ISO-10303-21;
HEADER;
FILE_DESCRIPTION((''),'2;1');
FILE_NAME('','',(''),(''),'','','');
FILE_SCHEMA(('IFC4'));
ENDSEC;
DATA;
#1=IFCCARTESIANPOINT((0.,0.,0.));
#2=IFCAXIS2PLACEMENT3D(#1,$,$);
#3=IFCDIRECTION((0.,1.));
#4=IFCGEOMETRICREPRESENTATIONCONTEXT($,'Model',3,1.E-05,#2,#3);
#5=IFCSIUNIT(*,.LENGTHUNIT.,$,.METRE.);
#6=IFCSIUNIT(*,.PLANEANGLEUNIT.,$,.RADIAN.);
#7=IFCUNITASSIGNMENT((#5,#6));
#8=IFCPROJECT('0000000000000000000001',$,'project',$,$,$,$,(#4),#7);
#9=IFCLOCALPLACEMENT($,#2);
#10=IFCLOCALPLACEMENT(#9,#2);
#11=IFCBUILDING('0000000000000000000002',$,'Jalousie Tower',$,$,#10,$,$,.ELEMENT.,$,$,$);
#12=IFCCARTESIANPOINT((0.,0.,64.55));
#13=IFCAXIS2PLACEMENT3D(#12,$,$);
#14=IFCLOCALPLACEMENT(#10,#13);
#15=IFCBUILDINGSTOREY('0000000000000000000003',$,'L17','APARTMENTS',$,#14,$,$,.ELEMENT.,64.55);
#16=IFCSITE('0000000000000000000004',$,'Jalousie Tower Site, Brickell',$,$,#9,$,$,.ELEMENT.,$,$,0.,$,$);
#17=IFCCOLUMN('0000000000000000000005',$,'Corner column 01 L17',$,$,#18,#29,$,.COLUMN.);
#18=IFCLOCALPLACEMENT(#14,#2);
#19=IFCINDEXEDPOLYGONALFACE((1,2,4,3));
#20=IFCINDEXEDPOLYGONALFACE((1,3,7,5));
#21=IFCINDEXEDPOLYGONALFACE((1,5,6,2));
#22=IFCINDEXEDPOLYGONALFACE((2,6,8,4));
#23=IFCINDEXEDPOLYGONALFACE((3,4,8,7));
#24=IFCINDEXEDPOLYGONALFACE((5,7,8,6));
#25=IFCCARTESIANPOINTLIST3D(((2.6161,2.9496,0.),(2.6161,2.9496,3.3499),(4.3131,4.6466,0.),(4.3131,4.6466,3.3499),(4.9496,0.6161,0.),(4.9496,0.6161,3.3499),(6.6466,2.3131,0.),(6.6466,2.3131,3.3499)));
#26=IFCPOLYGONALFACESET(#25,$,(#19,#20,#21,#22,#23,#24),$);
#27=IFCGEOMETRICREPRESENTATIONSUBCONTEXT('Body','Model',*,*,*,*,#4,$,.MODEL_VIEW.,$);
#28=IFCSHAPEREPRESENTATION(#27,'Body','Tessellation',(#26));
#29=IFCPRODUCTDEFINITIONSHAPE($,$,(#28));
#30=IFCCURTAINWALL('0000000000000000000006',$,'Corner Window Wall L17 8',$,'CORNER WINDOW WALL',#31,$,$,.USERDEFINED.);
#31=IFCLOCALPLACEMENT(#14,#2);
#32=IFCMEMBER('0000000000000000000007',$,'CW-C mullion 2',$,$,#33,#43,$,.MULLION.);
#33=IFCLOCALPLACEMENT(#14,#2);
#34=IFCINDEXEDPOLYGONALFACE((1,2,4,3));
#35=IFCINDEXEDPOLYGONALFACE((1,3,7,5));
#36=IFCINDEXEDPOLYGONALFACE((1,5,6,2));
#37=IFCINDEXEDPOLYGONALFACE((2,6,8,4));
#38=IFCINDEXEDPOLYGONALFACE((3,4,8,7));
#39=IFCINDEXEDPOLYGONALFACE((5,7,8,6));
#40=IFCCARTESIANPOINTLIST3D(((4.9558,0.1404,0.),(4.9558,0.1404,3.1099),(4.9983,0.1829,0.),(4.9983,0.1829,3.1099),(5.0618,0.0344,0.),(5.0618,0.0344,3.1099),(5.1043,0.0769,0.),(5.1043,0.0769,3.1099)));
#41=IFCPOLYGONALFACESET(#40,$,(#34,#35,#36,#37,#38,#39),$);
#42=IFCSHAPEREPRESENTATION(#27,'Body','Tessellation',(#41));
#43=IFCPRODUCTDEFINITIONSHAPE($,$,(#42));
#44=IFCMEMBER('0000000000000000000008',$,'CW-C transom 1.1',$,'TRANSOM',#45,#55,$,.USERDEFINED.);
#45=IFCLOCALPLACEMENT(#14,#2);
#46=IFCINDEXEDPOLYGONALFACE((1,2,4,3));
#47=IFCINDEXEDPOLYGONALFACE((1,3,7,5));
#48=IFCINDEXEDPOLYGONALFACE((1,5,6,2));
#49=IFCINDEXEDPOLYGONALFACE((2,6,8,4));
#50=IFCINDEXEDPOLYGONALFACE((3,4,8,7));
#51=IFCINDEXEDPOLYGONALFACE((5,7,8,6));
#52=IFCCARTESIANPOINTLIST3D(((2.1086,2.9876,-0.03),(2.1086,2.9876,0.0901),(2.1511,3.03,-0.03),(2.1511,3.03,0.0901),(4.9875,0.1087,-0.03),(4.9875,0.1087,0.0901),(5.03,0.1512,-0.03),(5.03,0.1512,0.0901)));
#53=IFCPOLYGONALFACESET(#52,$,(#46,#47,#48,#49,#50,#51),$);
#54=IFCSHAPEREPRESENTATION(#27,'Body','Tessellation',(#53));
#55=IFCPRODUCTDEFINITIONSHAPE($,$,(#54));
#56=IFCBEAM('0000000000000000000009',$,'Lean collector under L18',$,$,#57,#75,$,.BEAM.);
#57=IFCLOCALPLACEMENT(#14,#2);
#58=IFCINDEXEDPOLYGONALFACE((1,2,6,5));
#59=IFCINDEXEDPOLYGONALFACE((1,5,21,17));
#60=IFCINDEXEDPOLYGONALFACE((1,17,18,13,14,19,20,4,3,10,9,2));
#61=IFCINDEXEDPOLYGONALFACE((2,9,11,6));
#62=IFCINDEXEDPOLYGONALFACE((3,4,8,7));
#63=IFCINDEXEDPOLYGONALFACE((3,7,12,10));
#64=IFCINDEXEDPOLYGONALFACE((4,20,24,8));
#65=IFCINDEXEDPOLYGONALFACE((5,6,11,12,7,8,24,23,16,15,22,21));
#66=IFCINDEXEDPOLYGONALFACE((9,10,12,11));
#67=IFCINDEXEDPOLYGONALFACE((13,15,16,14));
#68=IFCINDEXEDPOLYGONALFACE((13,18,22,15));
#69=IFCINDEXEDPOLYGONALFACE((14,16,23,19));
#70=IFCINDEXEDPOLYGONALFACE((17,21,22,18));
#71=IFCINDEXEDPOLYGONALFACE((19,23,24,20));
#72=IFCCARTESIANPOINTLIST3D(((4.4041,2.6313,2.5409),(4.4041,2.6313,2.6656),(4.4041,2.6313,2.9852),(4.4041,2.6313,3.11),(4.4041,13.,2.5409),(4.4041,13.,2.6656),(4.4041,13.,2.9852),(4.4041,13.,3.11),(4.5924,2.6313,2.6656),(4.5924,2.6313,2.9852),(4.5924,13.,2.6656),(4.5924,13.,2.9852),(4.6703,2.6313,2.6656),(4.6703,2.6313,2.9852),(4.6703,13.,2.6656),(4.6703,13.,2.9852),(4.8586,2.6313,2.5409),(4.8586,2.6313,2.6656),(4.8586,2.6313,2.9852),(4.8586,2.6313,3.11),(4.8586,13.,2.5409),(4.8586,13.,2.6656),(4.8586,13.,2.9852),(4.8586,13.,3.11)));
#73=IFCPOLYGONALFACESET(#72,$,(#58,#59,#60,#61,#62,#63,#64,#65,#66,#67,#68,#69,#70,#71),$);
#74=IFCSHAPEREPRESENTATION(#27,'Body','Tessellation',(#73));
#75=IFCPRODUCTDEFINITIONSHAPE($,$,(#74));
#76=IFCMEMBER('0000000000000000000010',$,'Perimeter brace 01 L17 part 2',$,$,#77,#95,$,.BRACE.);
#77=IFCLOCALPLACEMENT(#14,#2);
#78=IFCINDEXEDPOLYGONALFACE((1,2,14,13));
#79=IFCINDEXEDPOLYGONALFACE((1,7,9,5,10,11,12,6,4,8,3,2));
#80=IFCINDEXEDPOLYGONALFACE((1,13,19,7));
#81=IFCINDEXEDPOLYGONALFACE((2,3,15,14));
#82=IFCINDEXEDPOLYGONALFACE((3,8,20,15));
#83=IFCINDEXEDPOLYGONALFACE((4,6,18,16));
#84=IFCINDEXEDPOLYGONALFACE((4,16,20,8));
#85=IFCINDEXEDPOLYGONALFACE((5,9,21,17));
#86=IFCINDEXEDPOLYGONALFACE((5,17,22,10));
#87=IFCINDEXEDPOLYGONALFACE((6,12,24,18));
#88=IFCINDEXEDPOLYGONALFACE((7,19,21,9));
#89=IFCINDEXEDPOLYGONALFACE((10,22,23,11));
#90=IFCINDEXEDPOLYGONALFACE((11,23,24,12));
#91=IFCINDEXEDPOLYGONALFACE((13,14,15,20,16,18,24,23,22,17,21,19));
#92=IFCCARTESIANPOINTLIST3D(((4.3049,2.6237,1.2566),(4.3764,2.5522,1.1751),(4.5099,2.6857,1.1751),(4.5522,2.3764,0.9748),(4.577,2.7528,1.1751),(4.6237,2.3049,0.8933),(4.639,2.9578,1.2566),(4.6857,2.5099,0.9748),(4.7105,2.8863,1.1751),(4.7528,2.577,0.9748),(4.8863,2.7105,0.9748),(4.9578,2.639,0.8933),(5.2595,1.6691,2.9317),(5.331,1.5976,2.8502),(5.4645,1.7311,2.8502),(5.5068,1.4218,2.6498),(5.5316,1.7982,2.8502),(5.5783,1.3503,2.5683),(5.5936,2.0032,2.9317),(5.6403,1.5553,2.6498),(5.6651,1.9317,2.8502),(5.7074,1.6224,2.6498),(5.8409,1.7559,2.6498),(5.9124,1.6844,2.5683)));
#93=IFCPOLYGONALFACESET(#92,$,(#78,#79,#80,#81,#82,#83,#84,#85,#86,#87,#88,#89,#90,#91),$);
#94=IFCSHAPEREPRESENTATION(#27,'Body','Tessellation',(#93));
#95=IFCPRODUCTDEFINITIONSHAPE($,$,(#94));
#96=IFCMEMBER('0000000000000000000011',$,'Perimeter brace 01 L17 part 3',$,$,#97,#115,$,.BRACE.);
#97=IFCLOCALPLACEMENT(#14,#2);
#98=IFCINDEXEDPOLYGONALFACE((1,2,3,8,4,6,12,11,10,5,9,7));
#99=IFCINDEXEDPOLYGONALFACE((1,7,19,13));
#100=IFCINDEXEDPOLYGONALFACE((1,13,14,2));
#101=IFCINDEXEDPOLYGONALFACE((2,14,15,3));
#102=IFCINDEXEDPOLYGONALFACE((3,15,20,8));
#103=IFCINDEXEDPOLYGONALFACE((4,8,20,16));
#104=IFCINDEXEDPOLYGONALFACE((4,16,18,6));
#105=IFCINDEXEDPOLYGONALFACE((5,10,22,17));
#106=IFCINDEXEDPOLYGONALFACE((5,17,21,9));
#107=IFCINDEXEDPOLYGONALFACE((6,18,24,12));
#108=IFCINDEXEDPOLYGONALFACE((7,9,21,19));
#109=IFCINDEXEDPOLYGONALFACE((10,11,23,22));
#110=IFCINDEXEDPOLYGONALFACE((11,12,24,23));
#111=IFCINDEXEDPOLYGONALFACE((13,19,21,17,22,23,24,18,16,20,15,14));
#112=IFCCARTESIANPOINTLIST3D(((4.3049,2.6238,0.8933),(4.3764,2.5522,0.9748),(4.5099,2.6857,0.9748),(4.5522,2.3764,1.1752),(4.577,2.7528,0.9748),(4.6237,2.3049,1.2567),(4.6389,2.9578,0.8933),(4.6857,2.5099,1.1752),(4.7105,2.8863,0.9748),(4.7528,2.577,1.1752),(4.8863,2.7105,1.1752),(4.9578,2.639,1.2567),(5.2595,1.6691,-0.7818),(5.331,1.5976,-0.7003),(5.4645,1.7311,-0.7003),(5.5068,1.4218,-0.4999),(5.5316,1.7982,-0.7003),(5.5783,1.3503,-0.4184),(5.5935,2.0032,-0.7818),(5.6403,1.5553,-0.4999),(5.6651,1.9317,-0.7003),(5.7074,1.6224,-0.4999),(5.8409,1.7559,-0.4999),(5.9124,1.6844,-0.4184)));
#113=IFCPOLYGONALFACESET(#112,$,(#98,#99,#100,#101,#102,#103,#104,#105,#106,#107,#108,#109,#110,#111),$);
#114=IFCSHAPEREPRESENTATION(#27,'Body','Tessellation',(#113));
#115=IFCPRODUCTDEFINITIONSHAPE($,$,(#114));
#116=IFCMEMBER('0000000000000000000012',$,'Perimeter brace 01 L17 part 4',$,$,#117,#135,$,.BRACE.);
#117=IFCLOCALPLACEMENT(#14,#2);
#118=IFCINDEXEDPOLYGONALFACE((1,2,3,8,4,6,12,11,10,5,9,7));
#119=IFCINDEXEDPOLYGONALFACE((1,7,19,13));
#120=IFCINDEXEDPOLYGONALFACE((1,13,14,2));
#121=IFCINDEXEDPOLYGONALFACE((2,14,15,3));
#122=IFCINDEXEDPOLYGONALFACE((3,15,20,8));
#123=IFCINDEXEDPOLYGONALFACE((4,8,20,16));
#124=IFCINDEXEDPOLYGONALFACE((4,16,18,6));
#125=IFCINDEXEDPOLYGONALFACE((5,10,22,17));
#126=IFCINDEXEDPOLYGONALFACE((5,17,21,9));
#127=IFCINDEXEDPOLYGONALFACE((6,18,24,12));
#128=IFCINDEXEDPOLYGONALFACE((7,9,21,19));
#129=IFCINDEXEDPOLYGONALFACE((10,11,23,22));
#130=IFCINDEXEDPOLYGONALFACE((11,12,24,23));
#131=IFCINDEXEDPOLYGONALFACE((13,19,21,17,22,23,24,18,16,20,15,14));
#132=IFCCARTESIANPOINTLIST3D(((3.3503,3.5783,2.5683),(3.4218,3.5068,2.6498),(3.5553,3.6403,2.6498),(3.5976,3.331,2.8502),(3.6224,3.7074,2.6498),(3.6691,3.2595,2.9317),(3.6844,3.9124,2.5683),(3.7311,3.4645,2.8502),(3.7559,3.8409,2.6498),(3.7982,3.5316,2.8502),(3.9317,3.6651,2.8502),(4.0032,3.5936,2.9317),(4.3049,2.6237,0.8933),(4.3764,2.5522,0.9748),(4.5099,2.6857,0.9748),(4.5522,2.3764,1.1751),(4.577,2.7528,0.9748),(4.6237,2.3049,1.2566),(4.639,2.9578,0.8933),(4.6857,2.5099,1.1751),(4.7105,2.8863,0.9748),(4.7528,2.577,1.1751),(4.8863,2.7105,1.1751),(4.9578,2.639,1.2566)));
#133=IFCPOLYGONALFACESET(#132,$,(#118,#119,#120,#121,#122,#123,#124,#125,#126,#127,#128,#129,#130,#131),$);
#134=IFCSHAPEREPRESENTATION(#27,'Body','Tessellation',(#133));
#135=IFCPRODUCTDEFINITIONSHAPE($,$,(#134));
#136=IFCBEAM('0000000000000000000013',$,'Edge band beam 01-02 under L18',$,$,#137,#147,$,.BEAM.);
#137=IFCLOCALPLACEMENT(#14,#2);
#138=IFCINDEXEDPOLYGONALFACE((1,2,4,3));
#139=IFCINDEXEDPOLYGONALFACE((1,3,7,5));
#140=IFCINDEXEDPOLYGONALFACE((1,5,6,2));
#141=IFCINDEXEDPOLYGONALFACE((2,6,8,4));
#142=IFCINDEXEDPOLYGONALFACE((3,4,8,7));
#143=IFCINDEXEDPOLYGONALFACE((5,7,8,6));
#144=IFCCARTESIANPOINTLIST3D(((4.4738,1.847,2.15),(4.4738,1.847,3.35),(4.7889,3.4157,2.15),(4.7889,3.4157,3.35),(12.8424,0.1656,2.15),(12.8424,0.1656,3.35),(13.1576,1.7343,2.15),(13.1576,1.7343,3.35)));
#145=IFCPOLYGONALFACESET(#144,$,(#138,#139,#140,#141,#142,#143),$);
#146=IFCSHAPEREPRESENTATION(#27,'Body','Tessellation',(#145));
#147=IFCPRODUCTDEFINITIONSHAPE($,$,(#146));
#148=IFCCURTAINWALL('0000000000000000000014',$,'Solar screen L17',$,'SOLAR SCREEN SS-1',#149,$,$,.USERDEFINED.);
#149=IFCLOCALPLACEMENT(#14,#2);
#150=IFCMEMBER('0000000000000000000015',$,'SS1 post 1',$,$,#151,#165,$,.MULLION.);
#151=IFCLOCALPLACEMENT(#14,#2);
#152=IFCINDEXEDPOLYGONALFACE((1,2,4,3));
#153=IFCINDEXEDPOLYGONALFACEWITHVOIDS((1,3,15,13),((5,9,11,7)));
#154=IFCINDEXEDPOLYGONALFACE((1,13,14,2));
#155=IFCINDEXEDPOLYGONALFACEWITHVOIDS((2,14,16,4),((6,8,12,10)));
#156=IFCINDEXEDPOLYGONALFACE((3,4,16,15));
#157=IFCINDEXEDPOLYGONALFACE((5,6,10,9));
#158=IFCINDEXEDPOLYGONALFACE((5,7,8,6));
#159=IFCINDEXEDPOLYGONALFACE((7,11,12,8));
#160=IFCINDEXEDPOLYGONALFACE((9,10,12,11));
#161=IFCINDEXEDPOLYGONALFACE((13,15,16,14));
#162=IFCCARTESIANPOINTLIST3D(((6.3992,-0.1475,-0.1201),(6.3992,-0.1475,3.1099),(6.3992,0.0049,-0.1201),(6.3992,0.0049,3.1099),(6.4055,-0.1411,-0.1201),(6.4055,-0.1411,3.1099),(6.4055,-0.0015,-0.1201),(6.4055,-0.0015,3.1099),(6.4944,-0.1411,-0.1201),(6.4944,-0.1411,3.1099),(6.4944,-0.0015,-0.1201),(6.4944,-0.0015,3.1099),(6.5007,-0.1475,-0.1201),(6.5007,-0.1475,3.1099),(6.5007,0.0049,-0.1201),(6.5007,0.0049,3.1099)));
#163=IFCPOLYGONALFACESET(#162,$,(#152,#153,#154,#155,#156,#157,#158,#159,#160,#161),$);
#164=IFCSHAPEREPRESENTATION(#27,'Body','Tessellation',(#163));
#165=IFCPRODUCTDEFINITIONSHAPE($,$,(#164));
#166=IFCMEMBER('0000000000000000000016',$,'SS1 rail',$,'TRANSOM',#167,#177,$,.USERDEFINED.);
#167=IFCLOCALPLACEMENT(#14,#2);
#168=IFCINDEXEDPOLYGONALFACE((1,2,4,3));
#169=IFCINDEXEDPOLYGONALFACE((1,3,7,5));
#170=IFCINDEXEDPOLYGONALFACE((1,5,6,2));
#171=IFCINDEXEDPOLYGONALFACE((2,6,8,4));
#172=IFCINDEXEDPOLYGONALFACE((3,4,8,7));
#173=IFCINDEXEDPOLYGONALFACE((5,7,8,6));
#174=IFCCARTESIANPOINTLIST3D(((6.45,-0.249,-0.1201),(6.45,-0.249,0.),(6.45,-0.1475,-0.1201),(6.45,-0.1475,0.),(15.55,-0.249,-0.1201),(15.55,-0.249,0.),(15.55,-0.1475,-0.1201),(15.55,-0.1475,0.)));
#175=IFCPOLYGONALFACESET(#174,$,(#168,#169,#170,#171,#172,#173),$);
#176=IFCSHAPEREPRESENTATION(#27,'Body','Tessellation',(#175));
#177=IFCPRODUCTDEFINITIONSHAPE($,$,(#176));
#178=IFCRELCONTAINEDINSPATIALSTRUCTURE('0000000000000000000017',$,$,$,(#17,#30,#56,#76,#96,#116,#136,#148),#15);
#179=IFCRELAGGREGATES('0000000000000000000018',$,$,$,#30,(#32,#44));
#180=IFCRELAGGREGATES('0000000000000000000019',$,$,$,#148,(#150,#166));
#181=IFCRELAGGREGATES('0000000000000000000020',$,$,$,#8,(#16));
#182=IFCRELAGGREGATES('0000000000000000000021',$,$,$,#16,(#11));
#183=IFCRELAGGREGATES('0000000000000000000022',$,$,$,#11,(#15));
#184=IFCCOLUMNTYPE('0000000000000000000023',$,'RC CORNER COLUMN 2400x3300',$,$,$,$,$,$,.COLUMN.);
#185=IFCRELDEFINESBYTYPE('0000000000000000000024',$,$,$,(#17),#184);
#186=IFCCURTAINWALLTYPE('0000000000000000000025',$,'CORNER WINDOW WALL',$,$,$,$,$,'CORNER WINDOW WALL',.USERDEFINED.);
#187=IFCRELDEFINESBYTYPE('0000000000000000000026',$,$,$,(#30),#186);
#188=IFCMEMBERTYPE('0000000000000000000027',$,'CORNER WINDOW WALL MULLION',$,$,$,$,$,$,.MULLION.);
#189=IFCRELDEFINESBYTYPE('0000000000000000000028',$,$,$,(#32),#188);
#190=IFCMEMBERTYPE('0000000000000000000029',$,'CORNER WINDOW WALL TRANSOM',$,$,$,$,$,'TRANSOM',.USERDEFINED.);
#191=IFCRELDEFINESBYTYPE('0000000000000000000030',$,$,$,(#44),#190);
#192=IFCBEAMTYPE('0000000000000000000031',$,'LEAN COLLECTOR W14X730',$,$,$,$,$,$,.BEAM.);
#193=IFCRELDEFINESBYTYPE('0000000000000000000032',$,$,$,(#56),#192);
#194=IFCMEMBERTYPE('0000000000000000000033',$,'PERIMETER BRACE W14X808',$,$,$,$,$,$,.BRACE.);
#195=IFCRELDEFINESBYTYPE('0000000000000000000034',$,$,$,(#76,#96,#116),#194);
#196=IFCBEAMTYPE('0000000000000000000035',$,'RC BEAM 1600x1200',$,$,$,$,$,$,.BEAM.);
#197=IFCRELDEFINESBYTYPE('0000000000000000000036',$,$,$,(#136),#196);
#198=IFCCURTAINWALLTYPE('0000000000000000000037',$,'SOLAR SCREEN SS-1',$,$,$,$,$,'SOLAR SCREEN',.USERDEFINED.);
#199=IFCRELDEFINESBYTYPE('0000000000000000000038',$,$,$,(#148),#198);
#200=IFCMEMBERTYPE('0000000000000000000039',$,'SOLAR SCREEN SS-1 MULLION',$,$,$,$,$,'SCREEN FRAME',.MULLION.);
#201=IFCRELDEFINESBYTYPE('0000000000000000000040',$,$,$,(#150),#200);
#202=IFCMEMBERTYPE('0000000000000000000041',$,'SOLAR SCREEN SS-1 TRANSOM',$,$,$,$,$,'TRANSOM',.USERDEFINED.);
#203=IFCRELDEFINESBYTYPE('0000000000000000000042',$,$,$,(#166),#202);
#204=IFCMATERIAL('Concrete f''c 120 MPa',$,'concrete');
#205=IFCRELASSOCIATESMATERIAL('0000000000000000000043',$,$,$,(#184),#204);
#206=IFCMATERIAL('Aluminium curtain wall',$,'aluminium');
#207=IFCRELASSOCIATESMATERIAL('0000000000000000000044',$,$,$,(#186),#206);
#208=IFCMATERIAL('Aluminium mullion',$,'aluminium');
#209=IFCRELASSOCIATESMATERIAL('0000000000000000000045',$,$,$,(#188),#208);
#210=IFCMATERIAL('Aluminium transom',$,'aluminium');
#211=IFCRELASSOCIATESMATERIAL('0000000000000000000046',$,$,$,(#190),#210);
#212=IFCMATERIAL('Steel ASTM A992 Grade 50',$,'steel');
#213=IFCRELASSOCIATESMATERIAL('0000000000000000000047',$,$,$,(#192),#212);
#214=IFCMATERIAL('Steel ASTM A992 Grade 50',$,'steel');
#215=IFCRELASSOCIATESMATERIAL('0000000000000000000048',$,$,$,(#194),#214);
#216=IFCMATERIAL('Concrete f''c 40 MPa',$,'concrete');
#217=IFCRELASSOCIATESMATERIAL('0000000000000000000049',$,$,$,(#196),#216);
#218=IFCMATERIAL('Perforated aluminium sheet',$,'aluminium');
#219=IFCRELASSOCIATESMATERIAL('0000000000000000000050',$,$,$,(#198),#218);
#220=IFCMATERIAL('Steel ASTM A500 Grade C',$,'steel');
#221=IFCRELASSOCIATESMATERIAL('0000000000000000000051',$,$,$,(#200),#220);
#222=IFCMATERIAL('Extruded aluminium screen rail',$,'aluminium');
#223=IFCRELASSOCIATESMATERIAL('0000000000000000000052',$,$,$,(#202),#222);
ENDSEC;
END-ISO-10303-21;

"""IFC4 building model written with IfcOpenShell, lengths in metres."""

from ifc_helpers import new_model, si_unit, direction, frame, origin, origin_2d, place, context, subcontext, project, spatial, rectangle, hollow_rectangle, i_section, extrude, material, material_profile, profile_set, type_object, element, aggregate, save


model = new_model("IFC4")

# Units and contexts
model_context = context("Model", 3, precision=1e-05, world=origin(), true_north=direction((0.0, 1.0)))
body_context = subcontext(model_context, "Body", "Model", "MODEL_VIEW")
ifc_project = project(units=[si_unit("LENGTHUNIT", "METRE"), si_unit("PLANEANGLEUNIT", "RADIAN")], contexts=[model_context])

# Site, building, storey
site_placement = place(None, origin())
site = spatial("IfcSite", under=ifc_project, at=site_placement, Name="Jalousie Tower Site, Brickell", CompositionType="ELEMENT", RefElevation=0.0)
building_placement = place(site_placement, origin())
building = spatial("IfcBuilding", under=site, at=building_placement, Name="Jalousie Tower", CompositionType="ELEMENT")
storey_placement = place(building_placement, frame((0.0, 0.0, 64.55)))
storey = spatial("IfcBuildingStorey", under=building, at=storey_placement, Name="L17", Description="APARTMENTS", CompositionType="ELEMENT", Elevation=64.55)

# Column
ifc_material_1 = material(Name="Concrete f'c 120 MPa", Category="concrete")
ifc_material_profile_1 = material_profile(ifc_material_1, rectangle(XDim=2.3999, YDim=3.3, at=origin_2d()), Name="RC 2400x3300")
ifc_profile_set_1 = profile_set([ifc_material_profile_1], Name="Concrete f'c 120 MPa")
column_type = type_object("IfcColumnType", Name="RC CORNER COLUMN 2400x3300", PredefinedType="COLUMN", material=ifc_profile_set_1)
column_placement = place(storey_placement, frame((4.6313, 2.6313, 0.0), z_axis=(0.0, 0.0, 1.0), x_axis=(0.707107, 0.707107, 0.0)))
element("IfcColumn", 1, at=column_placement, inside=storey, type_object=column_type, Name="Corner column 01 L17", PredefinedType="COLUMN", context=body_context, shape_type="SweptSolid", body=[
    extrude(rectangle(XDim=2.3999, YDim=3.3, at=origin_2d()), origin(), (0.0, 0.0, 1.0), 3.3499),
])

# Curtain wall, members
ifc_material_2 = material(Name="Aluminium curtain wall", Category="aluminium")
curtain_wall_type_1 = type_object("IfcCurtainWallType", Name="CORNER WINDOW WALL", ElementType="CORNER WINDOW WALL", PredefinedType="USERDEFINED", material=ifc_material_2)
curtain_wall_1_placement = place(storey_placement, origin())
curtain_wall_1 = element("IfcCurtainWall", 2, at=curtain_wall_1_placement, inside=storey, type_object=curtain_wall_type_1, Name="Corner Window Wall L17 8", ObjectType="CORNER WINDOW WALL", PredefinedType="USERDEFINED")
ifc_material_3 = material(Name="Aluminium mullion", Category="aluminium")
ifc_material_profile_2 = material_profile(ifc_material_3, rectangle(XDim=0.0601, YDim=0.1499, at=origin_2d()), Name="MULLION 60x150")
ifc_profile_set_2 = profile_set([ifc_material_profile_2], Name="Aluminium mullion")
member_type_1 = type_object("IfcMemberType", Name="CORNER WINDOW WALL MULLION", PredefinedType="MULLION", material=ifc_profile_set_2)
member_1_placement = place(storey_placement, frame((5.03, 0.1086, 0.0), z_axis=(0.0, 0.0, 1.0), x_axis=(0.707107, 0.707107, 0.0)))
member_1 = element("IfcMember", 3, at=member_1_placement, type_object=member_type_1, Name="CW-C mullion 2", PredefinedType="MULLION", context=body_context, shape_type="SweptSolid", body=[
    extrude(rectangle(XDim=0.0601, YDim=0.1499, at=origin_2d()), origin(), (0.0, 0.0, 1.0), 3.1099),
])
ifc_material_4 = material(Name="Aluminium transom", Category="aluminium")
ifc_material_profile_3 = material_profile(ifc_material_4, rectangle(XDim=0.0601, YDim=0.1201, at=origin_2d()), Name="TRANSOM 60x120")
ifc_profile_set_3 = profile_set([ifc_material_profile_3], Name="Aluminium transom")
member_type_2 = type_object("IfcMemberType", Name="CORNER WINDOW WALL TRANSOM", ElementType="TRANSOM", PredefinedType="USERDEFINED", material=ifc_profile_set_3)
member_2_placement = place(storey_placement, frame((2.1299, 3.0088, 0.03), z_axis=(0.707107, -0.707107, 0.0), x_axis=(0.707107, 0.707107, 0.0)))
member_2 = element("IfcMember", 4, at=member_2_placement, type_object=member_type_2, Name="CW-C transom 1.1", ObjectType="TRANSOM", PredefinedType="USERDEFINED", context=body_context, shape_type="SweptSolid", body=[
    extrude(rectangle(XDim=0.0601, YDim=0.1201, at=origin_2d()), origin(), (0.0, 0.0, 1.0), 4.0713),
])

# Beam
ifc_material_5 = material(Name="Steel ASTM A992 Grade 50", Category="steel")
ifc_material_profile_4 = material_profile(ifc_material_5, i_section(OverallWidth=0.4546, OverallDepth=0.5691, WebThickness=0.0779, FlangeThickness=0.1248, at=origin_2d()), Name="W14X730")
ifc_profile_set_4 = profile_set([ifc_material_profile_4], Name="Steel ASTM A992 Grade 50")
beam_type_1 = type_object("IfcBeamType", Name="LEAN COLLECTOR W14X730", PredefinedType="BEAM", material=ifc_profile_set_4)
beam_1_placement = place(storey_placement, frame((4.6313, 2.6313, 2.8254), z_axis=(0.0, 1.0, 0.0), x_axis=(-1.0, 0.0, 0.0)))
element("IfcBeam", 5, at=beam_1_placement, inside=storey, type_object=beam_type_1, Name="Lean collector under L18", PredefinedType="BEAM", context=body_context, shape_type="SweptSolid", body=[
    extrude(i_section(OverallWidth=0.4546, OverallDepth=0.5691, WebThickness=0.0779, FlangeThickness=0.1248, at=origin_2d()), origin(), (0.0, 0.0, 1.0), 10.3687),
])

# Members
ifc_material_6 = material(Name="Steel ASTM A992 Grade 50", Category="steel")
ifc_material_profile_5 = material_profile(ifc_material_6, i_section(OverallWidth=0.4724, OverallDepth=0.5791, WebThickness=0.095, FlangeThickness=0.1299, at=origin_2d()), Name="W14X808")
ifc_profile_set_5 = profile_set([ifc_material_profile_5], Name="Steel ASTM A992 Grade 50")
member_type_3 = type_object("IfcMemberType", Name="PERIMETER BRACE W14X808", PredefinedType="BRACE", material=ifc_profile_set_5)
for number, where, z_axis, x_axis, name in (
    (6, (4.6313, 2.6313, 1.075), (0.443718, -0.443718, 0.778607), (0.707107, 0.707107, 0.0), "Perimeter brace 01 L17 part 2"),
    (7, (5.5859, 1.6768, -0.6001), (-0.443718, 0.443718, 0.778607), (-0.707107, -0.707107, 0.0), "Perimeter brace 01 L17 part 3"),
    (8, (4.6313, 2.6313, 1.075), (-0.443718, 0.443718, 0.778607), (-0.707107, -0.707107, 0.0), "Perimeter brace 01 L17 part 4"),
):
    element("IfcMember", number, at=place(storey_placement, frame(where, z_axis=z_axis, x_axis=x_axis)), inside=storey, type_object=member_type_3, Name=name, PredefinedType="BRACE", context=body_context, shape_type="SweptSolid", body=[
        extrude(i_section(OverallWidth=0.4724, OverallDepth=0.5791, WebThickness=0.095, FlangeThickness=0.1299, at=origin_2d()), origin(), (0.0, 0.0, 1.0), 2.1514),
    ])

# Beam
ifc_material_7 = material(Name="Concrete f'c 40 MPa", Category="concrete")
ifc_material_profile_6 = material_profile(ifc_material_7, rectangle(XDim=1.6001, YDim=1.2, at=origin_2d()), Name="RC 1600x1200")
ifc_profile_set_6 = profile_set([ifc_material_profile_6], Name="Concrete f'c 40 MPa")
beam_type_2 = type_object("IfcBeamType", Name="RC BEAM 1600x1200", PredefinedType="BEAM", material=ifc_profile_set_6)
beam_2_placement = place(storey_placement, frame((4.6313, 2.6313, 2.75), z_axis=(0.980408, -0.19698, 0.0), x_axis=(0.19698, 0.980408, 0.0)))
element("IfcBeam", 9, at=beam_2_placement, inside=storey, type_object=beam_type_2, Name="Edge band beam 01-02 under L18", PredefinedType="BEAM", context=body_context, shape_type="SweptSolid", body=[
    extrude(rectangle(XDim=1.6001, YDim=1.2, at=origin_2d()), origin(), (0.0, 0.0, 1.0), 8.5359),
])

# Curtain wall, members
ifc_material_8 = material(Name="Perforated aluminium sheet", Category="aluminium")
curtain_wall_type_2 = type_object("IfcCurtainWallType", Name="SOLAR SCREEN SS-1", ElementType="SOLAR SCREEN", PredefinedType="USERDEFINED", material=ifc_material_8)
curtain_wall_2_placement = place(storey_placement, origin())
curtain_wall_2 = element("IfcCurtainWall", 10, at=curtain_wall_2_placement, inside=storey, type_object=curtain_wall_type_2, Name="Solar screen L17", ObjectType="SOLAR SCREEN SS-1", PredefinedType="USERDEFINED")
ifc_material_9 = material(Name="Steel ASTM A500 Grade C", Category="steel")
ifc_material_profile_7 = material_profile(ifc_material_9, hollow_rectangle(XDim=0.1016, YDim=0.1523, WallThickness=0.0063, at=origin_2d()), Name="HSS6X4X1/4")
ifc_profile_set_7 = profile_set([ifc_material_profile_7], Name="Steel ASTM A500 Grade C")
member_type_4 = type_object("IfcMemberType", Name="SOLAR SCREEN SS-1 MULLION", ElementType="SCREEN FRAME", PredefinedType="MULLION", material=ifc_profile_set_7)
member_3_placement = place(storey_placement, frame((6.45, -0.0713, -0.1201), z_axis=(0.0, 0.0, 1.0), x_axis=(1.0, 0.0, 0.0)))
member_3 = element("IfcMember", 11, at=member_3_placement, type_object=member_type_4, Name="SS1 post 1", PredefinedType="MULLION", context=body_context, shape_type="SweptSolid", body=[
    extrude(hollow_rectangle(XDim=0.1016, YDim=0.1523, WallThickness=0.0063, at=origin_2d()), origin(), (0.0, 0.0, 1.0), 3.23),
])
ifc_material_10 = material(Name="Extruded aluminium screen rail", Category="aluminium")
ifc_material_profile_8 = material_profile(ifc_material_10, rectangle(XDim=0.1016, YDim=0.1201, at=origin_2d()), Name="RAIL 102x120")
ifc_profile_set_8 = profile_set([ifc_material_profile_8], Name="Extruded aluminium screen rail")
member_type_5 = type_object("IfcMemberType", Name="SOLAR SCREEN SS-1 TRANSOM", ElementType="TRANSOM", PredefinedType="USERDEFINED", material=ifc_profile_set_8)
member_4_placement = place(storey_placement, frame((6.45, -0.1982, -0.0601), z_axis=(1.0, 0.0, 0.0), x_axis=(0.0, 1.0, 0.0)))
member_4 = element("IfcMember", 12, at=member_4_placement, type_object=member_type_5, Name="SS1 rail", ObjectType="TRANSOM", PredefinedType="USERDEFINED", context=body_context, shape_type="SweptSolid", body=[
    extrude(rectangle(XDim=0.1016, YDim=0.1201, at=origin_2d()), origin(), (0.0, 0.0, 1.0), 9.1001),
])

aggregate(curtain_wall_1, [member_1, member_2])

aggregate(curtain_wall_2, [member_3, member_4])

save(model, "model.ifc")
